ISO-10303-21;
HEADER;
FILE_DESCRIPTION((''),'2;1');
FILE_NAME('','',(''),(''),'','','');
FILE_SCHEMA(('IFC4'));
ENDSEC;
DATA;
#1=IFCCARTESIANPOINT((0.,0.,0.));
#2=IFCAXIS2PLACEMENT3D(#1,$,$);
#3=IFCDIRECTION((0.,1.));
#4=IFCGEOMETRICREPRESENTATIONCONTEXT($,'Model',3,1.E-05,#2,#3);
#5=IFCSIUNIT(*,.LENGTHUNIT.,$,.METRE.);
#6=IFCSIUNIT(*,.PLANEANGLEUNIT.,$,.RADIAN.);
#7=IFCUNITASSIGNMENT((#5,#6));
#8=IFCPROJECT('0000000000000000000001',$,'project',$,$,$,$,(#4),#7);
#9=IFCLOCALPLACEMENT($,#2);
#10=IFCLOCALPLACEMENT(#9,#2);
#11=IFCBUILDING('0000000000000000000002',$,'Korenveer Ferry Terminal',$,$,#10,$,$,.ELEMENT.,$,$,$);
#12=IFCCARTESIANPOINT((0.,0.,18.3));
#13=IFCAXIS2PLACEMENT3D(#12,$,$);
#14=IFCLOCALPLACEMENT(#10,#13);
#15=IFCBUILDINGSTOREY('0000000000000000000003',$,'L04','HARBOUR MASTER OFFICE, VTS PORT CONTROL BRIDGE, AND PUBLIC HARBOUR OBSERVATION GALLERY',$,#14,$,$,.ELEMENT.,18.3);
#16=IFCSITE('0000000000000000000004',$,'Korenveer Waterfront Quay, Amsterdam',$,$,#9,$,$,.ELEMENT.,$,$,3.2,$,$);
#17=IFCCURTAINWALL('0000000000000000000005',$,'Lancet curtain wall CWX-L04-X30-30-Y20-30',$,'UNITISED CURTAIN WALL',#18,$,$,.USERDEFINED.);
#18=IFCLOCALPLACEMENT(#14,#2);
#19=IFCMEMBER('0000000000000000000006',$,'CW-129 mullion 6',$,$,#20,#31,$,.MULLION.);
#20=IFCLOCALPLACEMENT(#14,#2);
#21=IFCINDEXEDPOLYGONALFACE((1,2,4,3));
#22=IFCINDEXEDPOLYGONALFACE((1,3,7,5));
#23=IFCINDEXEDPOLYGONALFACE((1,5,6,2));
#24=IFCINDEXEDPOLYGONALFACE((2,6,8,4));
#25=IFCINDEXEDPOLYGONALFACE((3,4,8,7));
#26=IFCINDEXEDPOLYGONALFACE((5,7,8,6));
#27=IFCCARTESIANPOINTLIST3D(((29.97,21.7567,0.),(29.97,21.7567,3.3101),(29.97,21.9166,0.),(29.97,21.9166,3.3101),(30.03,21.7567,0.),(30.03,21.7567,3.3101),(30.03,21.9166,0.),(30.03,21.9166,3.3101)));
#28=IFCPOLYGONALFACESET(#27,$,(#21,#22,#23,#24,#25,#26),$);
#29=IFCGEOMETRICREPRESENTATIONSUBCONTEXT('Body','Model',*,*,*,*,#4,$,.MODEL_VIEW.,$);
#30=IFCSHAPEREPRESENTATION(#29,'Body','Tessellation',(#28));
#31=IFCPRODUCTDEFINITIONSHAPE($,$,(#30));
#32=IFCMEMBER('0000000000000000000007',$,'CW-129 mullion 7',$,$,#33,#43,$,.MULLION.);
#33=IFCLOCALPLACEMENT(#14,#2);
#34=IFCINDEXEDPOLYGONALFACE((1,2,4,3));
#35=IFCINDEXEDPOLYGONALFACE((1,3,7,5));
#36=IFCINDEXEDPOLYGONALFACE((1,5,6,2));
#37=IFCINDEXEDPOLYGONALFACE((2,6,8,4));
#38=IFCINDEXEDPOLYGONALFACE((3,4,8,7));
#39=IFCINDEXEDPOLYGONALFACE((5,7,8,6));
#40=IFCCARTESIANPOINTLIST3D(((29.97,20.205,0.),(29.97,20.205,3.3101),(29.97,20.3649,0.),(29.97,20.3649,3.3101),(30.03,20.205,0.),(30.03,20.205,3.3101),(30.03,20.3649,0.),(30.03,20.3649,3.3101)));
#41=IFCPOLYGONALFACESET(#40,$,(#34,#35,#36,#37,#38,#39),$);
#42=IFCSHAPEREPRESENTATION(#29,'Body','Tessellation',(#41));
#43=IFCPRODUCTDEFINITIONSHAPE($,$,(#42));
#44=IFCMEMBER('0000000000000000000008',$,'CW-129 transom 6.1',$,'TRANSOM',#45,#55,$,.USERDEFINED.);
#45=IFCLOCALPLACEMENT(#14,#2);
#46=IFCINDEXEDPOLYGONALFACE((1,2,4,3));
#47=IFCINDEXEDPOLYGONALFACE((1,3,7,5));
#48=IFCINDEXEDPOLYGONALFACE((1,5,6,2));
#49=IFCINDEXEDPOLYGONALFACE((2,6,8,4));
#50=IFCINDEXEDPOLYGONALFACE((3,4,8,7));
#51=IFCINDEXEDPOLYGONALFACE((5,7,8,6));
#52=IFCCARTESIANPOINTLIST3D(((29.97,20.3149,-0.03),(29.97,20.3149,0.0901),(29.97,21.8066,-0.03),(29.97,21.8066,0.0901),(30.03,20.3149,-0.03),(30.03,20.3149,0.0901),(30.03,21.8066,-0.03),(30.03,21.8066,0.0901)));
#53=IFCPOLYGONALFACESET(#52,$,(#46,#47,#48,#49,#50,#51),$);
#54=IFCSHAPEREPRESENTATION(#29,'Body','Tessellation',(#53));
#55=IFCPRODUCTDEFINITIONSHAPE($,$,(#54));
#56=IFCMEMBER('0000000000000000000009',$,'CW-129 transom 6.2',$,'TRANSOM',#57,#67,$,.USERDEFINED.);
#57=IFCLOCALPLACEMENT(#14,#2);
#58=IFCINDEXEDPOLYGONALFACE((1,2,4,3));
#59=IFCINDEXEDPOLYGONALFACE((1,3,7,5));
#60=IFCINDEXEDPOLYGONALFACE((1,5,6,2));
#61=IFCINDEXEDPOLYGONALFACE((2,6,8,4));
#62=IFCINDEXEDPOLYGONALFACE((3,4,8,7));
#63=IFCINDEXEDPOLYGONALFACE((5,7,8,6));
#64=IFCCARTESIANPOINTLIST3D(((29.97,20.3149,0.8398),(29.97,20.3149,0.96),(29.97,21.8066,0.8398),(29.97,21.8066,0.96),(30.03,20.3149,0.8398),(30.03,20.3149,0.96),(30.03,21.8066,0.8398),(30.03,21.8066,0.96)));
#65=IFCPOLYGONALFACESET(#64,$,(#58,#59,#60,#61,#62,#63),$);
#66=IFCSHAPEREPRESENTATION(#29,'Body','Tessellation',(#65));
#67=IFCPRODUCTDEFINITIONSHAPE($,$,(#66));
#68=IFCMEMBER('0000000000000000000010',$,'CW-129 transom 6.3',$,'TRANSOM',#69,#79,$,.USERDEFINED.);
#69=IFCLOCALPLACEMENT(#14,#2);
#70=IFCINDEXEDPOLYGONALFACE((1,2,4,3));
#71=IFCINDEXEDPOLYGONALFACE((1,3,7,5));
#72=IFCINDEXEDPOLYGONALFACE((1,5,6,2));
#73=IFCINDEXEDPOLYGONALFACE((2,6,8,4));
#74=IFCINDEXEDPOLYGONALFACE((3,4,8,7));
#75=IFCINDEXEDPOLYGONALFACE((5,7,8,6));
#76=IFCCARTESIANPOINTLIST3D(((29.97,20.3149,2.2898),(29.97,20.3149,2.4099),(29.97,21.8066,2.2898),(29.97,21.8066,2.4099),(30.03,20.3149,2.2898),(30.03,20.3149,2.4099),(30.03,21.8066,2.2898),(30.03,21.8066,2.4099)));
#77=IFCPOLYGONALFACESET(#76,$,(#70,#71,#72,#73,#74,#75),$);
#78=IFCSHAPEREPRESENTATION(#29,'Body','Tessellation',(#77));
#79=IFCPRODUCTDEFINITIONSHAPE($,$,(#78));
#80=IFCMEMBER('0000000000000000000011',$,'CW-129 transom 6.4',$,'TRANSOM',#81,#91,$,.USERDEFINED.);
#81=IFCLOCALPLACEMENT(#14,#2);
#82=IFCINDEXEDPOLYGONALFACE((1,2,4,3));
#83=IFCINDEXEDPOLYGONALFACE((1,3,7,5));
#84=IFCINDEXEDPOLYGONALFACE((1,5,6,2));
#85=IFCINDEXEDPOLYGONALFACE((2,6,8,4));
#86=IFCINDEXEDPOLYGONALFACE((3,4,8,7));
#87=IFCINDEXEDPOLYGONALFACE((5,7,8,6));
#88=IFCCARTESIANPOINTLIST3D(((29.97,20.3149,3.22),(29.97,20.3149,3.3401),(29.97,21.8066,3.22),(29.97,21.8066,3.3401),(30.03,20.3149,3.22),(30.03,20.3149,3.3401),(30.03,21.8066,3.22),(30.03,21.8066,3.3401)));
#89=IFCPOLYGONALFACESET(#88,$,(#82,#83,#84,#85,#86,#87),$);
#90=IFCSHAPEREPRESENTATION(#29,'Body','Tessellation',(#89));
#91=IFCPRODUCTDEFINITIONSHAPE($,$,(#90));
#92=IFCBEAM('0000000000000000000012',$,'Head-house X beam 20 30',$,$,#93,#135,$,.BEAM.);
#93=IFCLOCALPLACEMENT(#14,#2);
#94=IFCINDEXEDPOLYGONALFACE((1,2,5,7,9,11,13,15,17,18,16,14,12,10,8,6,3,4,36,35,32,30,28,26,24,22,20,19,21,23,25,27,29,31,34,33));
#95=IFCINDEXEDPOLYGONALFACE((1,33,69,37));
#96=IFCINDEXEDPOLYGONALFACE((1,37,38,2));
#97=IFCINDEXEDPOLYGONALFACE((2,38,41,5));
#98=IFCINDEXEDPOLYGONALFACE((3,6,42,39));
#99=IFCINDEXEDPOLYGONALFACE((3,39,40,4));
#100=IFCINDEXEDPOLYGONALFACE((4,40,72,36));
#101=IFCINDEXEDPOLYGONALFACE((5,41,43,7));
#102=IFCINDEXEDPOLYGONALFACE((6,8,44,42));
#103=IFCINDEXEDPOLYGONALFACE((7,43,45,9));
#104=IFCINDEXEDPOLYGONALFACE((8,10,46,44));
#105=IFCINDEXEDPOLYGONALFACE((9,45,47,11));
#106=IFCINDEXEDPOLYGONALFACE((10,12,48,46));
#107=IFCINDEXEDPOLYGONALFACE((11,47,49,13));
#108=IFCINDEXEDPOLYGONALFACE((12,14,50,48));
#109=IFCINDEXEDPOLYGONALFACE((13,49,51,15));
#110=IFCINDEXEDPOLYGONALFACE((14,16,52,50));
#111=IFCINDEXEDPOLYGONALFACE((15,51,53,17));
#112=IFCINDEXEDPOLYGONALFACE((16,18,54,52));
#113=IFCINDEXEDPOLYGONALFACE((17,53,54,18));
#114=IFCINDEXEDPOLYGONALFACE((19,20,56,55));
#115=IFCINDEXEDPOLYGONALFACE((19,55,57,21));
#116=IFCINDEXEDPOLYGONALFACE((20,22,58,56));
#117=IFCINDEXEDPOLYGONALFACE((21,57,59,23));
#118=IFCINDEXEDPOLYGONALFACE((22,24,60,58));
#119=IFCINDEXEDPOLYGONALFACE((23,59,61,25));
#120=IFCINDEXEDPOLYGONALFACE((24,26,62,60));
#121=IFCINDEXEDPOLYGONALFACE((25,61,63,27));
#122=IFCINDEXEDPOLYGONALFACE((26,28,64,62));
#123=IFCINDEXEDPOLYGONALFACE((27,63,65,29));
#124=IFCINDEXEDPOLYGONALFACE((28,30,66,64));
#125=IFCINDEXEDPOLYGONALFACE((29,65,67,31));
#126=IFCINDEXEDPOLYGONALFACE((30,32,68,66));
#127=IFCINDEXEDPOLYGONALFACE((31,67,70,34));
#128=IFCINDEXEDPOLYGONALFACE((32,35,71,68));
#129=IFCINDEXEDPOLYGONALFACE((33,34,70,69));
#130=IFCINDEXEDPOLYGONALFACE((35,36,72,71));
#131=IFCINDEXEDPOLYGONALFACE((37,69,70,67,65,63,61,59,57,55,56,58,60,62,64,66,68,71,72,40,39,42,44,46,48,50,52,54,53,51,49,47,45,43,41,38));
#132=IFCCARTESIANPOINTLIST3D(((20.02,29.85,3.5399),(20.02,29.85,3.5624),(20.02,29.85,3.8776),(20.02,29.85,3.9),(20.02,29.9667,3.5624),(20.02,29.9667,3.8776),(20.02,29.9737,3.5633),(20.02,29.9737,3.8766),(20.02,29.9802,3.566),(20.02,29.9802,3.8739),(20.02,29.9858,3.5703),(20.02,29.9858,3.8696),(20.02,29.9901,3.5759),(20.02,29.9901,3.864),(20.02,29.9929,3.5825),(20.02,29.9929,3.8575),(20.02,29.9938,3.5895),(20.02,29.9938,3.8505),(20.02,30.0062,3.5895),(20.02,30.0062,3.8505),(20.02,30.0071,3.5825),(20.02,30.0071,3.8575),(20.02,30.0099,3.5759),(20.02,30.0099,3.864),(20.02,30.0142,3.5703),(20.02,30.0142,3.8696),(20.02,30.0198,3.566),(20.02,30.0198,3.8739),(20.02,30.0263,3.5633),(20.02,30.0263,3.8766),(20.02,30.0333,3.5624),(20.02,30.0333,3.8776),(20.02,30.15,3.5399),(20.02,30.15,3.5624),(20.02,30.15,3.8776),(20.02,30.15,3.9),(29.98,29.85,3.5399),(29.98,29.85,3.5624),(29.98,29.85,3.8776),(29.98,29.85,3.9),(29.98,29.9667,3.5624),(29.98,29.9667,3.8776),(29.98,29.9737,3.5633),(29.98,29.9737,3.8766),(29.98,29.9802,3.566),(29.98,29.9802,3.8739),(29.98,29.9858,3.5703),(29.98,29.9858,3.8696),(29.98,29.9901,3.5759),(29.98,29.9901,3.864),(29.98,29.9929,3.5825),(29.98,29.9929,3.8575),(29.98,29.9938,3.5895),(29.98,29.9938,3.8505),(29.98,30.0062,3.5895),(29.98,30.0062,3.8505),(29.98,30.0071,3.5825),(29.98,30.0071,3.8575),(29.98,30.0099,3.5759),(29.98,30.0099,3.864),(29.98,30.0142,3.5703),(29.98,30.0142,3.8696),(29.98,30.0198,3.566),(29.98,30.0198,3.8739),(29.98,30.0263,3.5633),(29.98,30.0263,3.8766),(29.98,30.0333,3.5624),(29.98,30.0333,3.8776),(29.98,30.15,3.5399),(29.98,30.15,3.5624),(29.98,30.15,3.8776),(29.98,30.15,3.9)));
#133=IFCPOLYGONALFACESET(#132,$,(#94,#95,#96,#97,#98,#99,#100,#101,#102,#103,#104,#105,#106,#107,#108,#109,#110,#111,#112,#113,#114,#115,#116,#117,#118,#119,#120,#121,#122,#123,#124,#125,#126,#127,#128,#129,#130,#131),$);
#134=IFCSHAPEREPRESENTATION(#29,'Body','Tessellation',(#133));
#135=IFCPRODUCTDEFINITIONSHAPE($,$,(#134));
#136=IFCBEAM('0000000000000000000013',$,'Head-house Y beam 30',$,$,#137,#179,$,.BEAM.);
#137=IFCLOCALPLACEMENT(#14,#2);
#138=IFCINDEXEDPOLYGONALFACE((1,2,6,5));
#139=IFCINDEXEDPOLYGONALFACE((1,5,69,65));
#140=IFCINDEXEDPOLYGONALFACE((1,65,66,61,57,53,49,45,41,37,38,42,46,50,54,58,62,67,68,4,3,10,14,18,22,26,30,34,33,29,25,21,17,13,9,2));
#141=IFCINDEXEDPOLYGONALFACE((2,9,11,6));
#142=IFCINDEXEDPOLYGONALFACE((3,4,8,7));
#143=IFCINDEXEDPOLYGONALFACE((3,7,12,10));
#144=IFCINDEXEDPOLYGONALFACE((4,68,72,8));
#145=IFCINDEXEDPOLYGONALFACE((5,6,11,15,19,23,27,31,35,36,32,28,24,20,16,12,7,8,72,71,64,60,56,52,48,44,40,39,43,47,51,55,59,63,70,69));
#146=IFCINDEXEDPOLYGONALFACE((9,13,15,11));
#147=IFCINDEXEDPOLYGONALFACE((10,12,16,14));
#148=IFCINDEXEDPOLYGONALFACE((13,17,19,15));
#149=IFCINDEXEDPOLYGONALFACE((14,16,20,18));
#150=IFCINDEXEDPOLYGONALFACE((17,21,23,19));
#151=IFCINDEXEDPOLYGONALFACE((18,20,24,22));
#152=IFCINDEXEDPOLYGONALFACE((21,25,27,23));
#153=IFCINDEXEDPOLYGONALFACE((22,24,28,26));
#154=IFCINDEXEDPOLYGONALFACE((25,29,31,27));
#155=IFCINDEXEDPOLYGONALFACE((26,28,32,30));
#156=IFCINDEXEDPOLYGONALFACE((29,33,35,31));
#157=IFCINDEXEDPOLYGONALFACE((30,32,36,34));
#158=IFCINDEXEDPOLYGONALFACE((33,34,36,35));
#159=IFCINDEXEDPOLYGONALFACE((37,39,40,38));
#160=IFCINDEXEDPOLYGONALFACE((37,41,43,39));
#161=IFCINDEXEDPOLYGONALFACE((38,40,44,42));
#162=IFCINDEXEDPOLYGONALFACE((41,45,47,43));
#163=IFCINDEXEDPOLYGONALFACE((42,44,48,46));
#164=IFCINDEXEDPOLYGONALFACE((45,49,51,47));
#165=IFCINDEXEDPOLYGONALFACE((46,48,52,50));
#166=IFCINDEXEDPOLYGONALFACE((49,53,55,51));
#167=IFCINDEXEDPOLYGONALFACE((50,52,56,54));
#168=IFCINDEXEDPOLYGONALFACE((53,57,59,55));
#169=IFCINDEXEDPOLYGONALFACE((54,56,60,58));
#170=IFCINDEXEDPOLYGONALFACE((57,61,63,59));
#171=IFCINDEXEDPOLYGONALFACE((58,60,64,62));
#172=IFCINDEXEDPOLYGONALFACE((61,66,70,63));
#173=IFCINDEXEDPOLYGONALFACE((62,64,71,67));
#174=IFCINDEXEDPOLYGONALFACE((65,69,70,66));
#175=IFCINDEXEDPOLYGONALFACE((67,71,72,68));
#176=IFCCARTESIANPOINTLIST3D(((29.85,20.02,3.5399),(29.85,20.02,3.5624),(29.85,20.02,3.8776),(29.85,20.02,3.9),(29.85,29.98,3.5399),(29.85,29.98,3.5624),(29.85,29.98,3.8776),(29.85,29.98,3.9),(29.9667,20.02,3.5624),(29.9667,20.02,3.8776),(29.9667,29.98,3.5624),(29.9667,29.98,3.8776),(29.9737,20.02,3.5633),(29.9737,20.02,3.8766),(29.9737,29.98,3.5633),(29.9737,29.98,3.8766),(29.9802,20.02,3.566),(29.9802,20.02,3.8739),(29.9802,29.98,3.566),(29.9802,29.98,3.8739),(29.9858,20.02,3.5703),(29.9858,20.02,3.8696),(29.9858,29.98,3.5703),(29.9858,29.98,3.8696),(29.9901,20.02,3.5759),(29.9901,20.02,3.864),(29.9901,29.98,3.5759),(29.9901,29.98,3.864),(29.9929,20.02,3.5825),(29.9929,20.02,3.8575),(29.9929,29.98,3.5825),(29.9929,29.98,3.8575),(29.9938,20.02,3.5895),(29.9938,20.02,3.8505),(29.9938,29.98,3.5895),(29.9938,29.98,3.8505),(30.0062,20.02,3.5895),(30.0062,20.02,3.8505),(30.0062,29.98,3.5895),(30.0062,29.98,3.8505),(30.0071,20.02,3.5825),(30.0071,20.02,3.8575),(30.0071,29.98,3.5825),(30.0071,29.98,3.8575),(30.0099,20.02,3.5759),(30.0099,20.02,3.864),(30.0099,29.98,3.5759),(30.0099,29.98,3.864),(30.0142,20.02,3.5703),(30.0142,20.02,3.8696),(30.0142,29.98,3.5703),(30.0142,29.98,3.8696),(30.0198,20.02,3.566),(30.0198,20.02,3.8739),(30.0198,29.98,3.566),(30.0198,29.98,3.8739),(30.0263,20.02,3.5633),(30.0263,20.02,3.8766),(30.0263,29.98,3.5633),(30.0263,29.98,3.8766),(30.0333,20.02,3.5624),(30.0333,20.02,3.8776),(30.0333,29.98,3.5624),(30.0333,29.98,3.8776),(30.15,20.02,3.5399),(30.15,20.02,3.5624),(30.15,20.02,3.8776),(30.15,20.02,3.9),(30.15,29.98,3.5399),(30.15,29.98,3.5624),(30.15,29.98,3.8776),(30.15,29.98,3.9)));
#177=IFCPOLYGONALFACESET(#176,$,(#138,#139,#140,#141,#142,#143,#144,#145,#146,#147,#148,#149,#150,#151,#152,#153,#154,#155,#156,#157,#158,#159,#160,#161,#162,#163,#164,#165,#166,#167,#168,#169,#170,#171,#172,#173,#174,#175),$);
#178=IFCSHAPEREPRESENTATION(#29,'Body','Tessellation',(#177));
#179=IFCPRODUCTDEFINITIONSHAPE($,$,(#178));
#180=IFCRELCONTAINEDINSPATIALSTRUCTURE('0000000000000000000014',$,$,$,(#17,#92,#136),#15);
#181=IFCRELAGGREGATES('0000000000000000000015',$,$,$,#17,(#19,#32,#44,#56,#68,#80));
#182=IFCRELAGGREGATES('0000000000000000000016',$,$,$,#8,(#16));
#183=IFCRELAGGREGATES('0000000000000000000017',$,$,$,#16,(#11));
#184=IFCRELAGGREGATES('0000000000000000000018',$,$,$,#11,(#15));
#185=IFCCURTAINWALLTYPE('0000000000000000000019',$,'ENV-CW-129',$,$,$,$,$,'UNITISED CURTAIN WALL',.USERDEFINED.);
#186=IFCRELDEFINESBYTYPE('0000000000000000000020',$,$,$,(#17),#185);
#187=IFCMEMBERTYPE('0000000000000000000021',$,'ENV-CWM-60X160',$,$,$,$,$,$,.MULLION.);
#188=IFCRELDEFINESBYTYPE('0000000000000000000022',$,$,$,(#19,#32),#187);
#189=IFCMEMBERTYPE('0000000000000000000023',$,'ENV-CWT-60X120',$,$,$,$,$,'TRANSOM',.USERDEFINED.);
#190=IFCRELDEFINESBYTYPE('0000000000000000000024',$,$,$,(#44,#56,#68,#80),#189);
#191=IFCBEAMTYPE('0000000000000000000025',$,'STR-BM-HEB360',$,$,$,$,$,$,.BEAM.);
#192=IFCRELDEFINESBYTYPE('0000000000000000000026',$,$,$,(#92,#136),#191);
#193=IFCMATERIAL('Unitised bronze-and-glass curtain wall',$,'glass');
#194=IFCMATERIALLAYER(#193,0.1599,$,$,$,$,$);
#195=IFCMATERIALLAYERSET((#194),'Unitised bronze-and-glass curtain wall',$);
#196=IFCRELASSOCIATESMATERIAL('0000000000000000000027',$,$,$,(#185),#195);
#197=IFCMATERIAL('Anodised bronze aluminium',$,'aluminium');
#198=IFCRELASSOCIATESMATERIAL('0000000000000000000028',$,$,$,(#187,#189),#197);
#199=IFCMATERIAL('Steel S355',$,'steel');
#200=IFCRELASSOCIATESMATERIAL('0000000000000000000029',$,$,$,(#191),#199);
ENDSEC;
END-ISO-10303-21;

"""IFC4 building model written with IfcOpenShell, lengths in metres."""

from ifc_helpers import new_model, si_unit, direction, frame, origin, origin_2d, place, context, subcontext, project, spatial, rectangle, i_section, extrude, material, layer, layer_set, material_profile, profile_set, type_object, element, aggregate, save


model = new_model("IFC4")

# Units and contexts
model_context = context("Model", 3, precision=1e-05, world=origin(), true_north=direction((0.0, 1.0)))
body_context = subcontext(model_context, "Body", "Model", "MODEL_VIEW")
ifc_project = project(units=[si_unit("LENGTHUNIT", "METRE"), si_unit("PLANEANGLEUNIT", "RADIAN")], contexts=[model_context])

# Site, building, storey
site_placement = place(None, origin())
site = spatial("IfcSite", under=ifc_project, at=site_placement, Name="Korenveer Waterfront Quay, Amsterdam", CompositionType="ELEMENT", RefElevation=3.2)
building_placement = place(site_placement, origin())
building = spatial("IfcBuilding", under=site, at=building_placement, Name="Korenveer Ferry Terminal", CompositionType="ELEMENT")
storey_placement = place(building_placement, frame((0.0, 0.0, 18.3)))
storey = spatial("IfcBuildingStorey", under=building, at=storey_placement, Name="L04", Description="HARBOUR MASTER OFFICE, VTS PORT CONTROL BRIDGE, AND PUBLIC HARBOUR OBSERVATION GALLERY", CompositionType="ELEMENT", Elevation=18.3)

# Curtain wall, members
ifc_material_1 = material(Name="Unitised bronze-and-glass curtain wall", Category="glass")
ifc_layer_1 = layer(ifc_material_1, 0.1599)
ifc_layer_set_1 = layer_set([ifc_layer_1], Name="Unitised bronze-and-glass curtain wall")
curtain_wall_type = type_object("IfcCurtainWallType", Name="ENV-CW-129", ElementType="UNITISED CURTAIN WALL", PredefinedType="USERDEFINED", material=ifc_layer_set_1)
curtain_wall_placement = place(storey_placement, frame((30.0, 29.7451, 0.0)))
curtain_wall = element("IfcCurtainWall", 1, at=curtain_wall_placement, inside=storey, type_object=curtain_wall_type, Name="Lancet curtain wall CWX-L04-X30-30-Y20-30", ObjectType="UNITISED CURTAIN WALL", PredefinedType="USERDEFINED")
ifc_material_2 = material(Name="Anodised bronze aluminium", Category="aluminium")
ifc_material_profile_1 = material_profile(ifc_material_2, rectangle(XDim=0.0601, YDim=0.1599, at=origin_2d()), Name="ALU 60x160")
ifc_profile_set_1 = profile_set([ifc_material_profile_1], Name="Anodised bronze aluminium")
member_type_1 = type_object("IfcMemberType", Name="ENV-CWM-60X160", PredefinedType="MULLION", material=ifc_profile_set_1)
member_1_placement = place(storey_placement, frame((30.0, 21.8367, 0.0), z_axis=(0.0, 0.0, 1.0), x_axis=(1.0, 0.0, 0.0)))
member_1 = element("IfcMember", 2, at=member_1_placement, type_object=member_type_1, Name="CW-129 mullion 6", PredefinedType="MULLION", context=body_context, shape_type="SweptSolid", body=[
    extrude(rectangle(XDim=0.0601, YDim=0.1599, at=origin_2d()), origin(), (0.0, 0.0, 1.0), 3.3101),
])
member_2_placement = place(storey_placement, frame((30.0, 20.2849, 0.0), z_axis=(0.0, 0.0, 1.0), x_axis=(1.0, 0.0, 0.0)))
member_2 = element("IfcMember", 3, at=member_2_placement, type_object=member_type_1, Name="CW-129 mullion 7", PredefinedType="MULLION", context=body_context, shape_type="SweptSolid", body=[
    extrude(rectangle(XDim=0.0601, YDim=0.1599, at=origin_2d()), origin(), (0.0, 0.0, 1.0), 3.3101),
])
ifc_material_profile_2 = material_profile(ifc_material_2, rectangle(XDim=0.0601, YDim=0.1201, at=origin_2d()), Name="ALU 60x120")
ifc_profile_set_2 = profile_set([ifc_material_profile_2], Name="Anodised bronze aluminium")
member_type_2 = type_object("IfcMemberType", Name="ENV-CWT-60X120", ElementType="TRANSOM", PredefinedType="USERDEFINED", material=ifc_profile_set_2)
member_3_placement = place(storey_placement, frame((30.0, 21.8066, 0.03), z_axis=(0.0, -1.0, 0.0), x_axis=(1.0, 0.0, 0.0)))
member_3 = element("IfcMember", 4, at=member_3_placement, type_object=member_type_2, Name="CW-129 transom 6.1", ObjectType="TRANSOM", PredefinedType="USERDEFINED", context=body_context, shape_type="SweptSolid", body=[
    extrude(rectangle(XDim=0.0601, YDim=0.1201, at=origin_2d()), origin(), (0.0, 0.0, 1.0), 1.4917),
])
member_4_placement = place(storey_placement, frame((30.0, 21.8066, 0.8999), z_axis=(0.0, -1.0, 0.0), x_axis=(1.0, 0.0, 0.0)))
member_4 = element("IfcMember", 5, at=member_4_placement, type_object=member_type_2, Name="CW-129 transom 6.2", ObjectType="TRANSOM", PredefinedType="USERDEFINED", context=body_context, shape_type="SweptSolid", body=[
    extrude(rectangle(XDim=0.0601, YDim=0.1201, at=origin_2d()), origin(), (0.0, 0.0, 1.0), 1.4917),
])
member_5_placement = place(storey_placement, frame((30.0, 21.8066, 2.3499), z_axis=(0.0, -1.0, 0.0), x_axis=(1.0, 0.0, 0.0)))
member_5 = element("IfcMember", 6, at=member_5_placement, type_object=member_type_2, Name="CW-129 transom 6.3", ObjectType="TRANSOM", PredefinedType="USERDEFINED", context=body_context, shape_type="SweptSolid", body=[
    extrude(rectangle(XDim=0.0601, YDim=0.1201, at=origin_2d()), origin(), (0.0, 0.0, 1.0), 1.4917),
])
member_6_placement = place(storey_placement, frame((30.0, 21.8066, 3.28), z_axis=(0.0, -1.0, 0.0), x_axis=(1.0, 0.0, 0.0)))
member_6 = element("IfcMember", 7, at=member_6_placement, type_object=member_type_2, Name="CW-129 transom 6.4", ObjectType="TRANSOM", PredefinedType="USERDEFINED", context=body_context, shape_type="SweptSolid", body=[
    extrude(rectangle(XDim=0.0601, YDim=0.1201, at=origin_2d()), origin(), (0.0, 0.0, 1.0), 1.4917),
])

# Beams
ifc_material_3 = material(Name="Steel S355", Category="steel")
ifc_material_profile_3 = material_profile(ifc_material_3, i_section(OverallWidth=0.3, OverallDepth=0.3601, WebThickness=0.0125, FlangeThickness=0.0225, FilletRadius=0.0271, at=origin_2d()), Name="HEB 360")
ifc_profile_set_3 = profile_set([ifc_material_profile_3], Name="Steel S355")
beam_type_1 = type_object("IfcBeamType", Name="STR-BM-HEB360", PredefinedType="BEAM", material=ifc_profile_set_3)
for number, where, z_axis, x_axis, name in (
    (8, (20.02, 30.0, 3.72), (1.0, 0.0, 0.0), (0.0, 1.0, 0.0), "Head-house X beam 20 30"),
    (9, (30.0, 20.02, 3.72), (0.0, 1.0, 0.0), (-1.0, 0.0, 0.0), "Head-house Y beam 30"),
):
    element("IfcBeam", number, at=place(storey_placement, frame(where, z_axis=z_axis, x_axis=x_axis)), inside=storey, type_object=beam_type_1, Name=name, PredefinedType="BEAM", context=body_context, shape_type="SweptSolid", body=[
        extrude(i_section(OverallWidth=0.3, OverallDepth=0.3601, WebThickness=0.0125, FlangeThickness=0.0225, FilletRadius=0.0271, at=origin_2d()), origin(), (0.0, 0.0, 1.0), 9.96),
    ])

aggregate(curtain_wall, [member_1, member_2, member_3, member_4, member_5, member_6])

save(model, "model.ifc")
